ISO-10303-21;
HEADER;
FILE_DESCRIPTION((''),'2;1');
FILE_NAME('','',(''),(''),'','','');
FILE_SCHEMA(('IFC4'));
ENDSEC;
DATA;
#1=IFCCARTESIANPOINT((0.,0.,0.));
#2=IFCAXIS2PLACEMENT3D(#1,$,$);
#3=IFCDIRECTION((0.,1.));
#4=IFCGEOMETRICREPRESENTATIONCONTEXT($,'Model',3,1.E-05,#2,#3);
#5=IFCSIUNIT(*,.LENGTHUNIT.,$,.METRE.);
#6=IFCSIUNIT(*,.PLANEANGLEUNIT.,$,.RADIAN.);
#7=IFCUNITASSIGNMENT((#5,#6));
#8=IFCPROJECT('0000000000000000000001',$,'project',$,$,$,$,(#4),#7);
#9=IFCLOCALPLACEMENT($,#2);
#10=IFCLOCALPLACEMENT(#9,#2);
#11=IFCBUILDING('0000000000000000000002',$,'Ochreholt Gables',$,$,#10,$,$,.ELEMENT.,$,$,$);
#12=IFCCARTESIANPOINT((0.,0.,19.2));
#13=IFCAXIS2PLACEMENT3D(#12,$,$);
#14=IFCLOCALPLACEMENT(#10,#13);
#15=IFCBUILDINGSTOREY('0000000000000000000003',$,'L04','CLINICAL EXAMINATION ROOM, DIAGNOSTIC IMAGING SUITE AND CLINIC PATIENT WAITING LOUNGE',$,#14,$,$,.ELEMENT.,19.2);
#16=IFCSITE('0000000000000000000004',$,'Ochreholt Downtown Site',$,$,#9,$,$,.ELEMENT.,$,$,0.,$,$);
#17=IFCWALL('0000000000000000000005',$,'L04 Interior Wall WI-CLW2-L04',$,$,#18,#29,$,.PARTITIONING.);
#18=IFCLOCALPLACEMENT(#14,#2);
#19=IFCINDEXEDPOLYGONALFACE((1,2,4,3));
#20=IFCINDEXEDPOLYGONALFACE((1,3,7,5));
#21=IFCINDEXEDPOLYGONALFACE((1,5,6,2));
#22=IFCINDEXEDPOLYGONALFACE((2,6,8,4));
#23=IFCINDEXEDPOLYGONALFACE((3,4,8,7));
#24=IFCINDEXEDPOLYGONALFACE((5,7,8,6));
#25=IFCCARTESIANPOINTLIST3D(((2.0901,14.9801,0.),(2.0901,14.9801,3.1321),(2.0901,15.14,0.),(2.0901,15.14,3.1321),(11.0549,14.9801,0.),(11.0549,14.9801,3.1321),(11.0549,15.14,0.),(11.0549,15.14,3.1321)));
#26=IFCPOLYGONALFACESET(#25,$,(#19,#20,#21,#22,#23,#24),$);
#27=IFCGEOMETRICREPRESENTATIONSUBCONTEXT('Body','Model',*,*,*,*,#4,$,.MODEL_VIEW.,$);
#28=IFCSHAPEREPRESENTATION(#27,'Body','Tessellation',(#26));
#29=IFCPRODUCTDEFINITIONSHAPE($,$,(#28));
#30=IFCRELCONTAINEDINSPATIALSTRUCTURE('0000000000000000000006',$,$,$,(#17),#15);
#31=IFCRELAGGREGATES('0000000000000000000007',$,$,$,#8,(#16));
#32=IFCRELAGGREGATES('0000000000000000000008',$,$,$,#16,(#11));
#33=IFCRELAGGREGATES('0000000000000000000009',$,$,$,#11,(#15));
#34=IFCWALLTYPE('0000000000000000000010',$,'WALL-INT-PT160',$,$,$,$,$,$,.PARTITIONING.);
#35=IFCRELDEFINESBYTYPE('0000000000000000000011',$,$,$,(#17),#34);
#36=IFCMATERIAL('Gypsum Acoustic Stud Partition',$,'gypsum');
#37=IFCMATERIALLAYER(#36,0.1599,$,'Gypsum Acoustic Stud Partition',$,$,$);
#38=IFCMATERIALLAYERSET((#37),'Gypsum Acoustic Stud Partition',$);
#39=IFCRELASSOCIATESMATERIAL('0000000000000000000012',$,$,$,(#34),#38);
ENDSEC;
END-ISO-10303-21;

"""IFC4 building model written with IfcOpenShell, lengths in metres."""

from ifc_helpers import new_model, si_unit, direction, frame, frame_2d, origin, place, context, subcontext, project, spatial, rectangle, extrude, material, layer, layer_set, type_object, element, save


model = new_model("IFC4")

# Units and contexts
model_context = context("Model", 3, precision=1e-05, world=origin(), true_north=direction((0.0, 1.0)))
body_context = subcontext(model_context, "Body", "Model", "MODEL_VIEW")
ifc_project = project(units=[si_unit("LENGTHUNIT", "METRE"), si_unit("PLANEANGLEUNIT", "RADIAN")], contexts=[model_context])

# Site, building, storey
site_placement = place(None, origin())
site = spatial("IfcSite", under=ifc_project, at=site_placement, Name="Ochreholt Downtown Site", CompositionType="ELEMENT", RefElevation=0.0)
building_placement = place(site_placement, origin())
building = spatial("IfcBuilding", under=site, at=building_placement, Name="Ochreholt Gables", CompositionType="ELEMENT")
storey_placement = place(building_placement, frame((0.0, 0.0, 19.2)))
storey = spatial("IfcBuildingStorey", under=building, at=storey_placement, Name="L04", Description="CLINICAL EXAMINATION ROOM, DIAGNOSTIC IMAGING SUITE AND CLINIC PATIENT WAITING LOUNGE", CompositionType="ELEMENT", Elevation=19.2)

# Wall
ifc_material_1 = material(Name="Gypsum Acoustic Stud Partition", Category="gypsum")
ifc_layer_1 = layer(ifc_material_1, 0.1599, Name="Gypsum Acoustic Stud Partition")
ifc_layer_set_1 = layer_set([ifc_layer_1], Name="Gypsum Acoustic Stud Partition")
wall_type_1 = type_object("IfcWallType", Name="WALL-INT-PT160", PredefinedType="PARTITIONING", material=ifc_layer_set_1)
wall_1_placement = place(storey_placement, frame((2.0901, 15.0601, 0.0), z_axis=(0.0, 0.0, 1.0), x_axis=(1.0, 0.0, 0.0)))
element("IfcWall", 1, at=wall_1_placement, inside=storey, type_object=wall_type_1, Name="L04 Interior Wall WI-CLW2-L04", PredefinedType="PARTITIONING", context=body_context, shape_type="SweptSolid", body=[
    extrude(rectangle(XDim=8.9648, YDim=0.1599, at=frame_2d((4.4824, 0.0))), origin(), (0.0, 0.0, 1.0), 3.1321),
])

save(model, "model.ifc")
